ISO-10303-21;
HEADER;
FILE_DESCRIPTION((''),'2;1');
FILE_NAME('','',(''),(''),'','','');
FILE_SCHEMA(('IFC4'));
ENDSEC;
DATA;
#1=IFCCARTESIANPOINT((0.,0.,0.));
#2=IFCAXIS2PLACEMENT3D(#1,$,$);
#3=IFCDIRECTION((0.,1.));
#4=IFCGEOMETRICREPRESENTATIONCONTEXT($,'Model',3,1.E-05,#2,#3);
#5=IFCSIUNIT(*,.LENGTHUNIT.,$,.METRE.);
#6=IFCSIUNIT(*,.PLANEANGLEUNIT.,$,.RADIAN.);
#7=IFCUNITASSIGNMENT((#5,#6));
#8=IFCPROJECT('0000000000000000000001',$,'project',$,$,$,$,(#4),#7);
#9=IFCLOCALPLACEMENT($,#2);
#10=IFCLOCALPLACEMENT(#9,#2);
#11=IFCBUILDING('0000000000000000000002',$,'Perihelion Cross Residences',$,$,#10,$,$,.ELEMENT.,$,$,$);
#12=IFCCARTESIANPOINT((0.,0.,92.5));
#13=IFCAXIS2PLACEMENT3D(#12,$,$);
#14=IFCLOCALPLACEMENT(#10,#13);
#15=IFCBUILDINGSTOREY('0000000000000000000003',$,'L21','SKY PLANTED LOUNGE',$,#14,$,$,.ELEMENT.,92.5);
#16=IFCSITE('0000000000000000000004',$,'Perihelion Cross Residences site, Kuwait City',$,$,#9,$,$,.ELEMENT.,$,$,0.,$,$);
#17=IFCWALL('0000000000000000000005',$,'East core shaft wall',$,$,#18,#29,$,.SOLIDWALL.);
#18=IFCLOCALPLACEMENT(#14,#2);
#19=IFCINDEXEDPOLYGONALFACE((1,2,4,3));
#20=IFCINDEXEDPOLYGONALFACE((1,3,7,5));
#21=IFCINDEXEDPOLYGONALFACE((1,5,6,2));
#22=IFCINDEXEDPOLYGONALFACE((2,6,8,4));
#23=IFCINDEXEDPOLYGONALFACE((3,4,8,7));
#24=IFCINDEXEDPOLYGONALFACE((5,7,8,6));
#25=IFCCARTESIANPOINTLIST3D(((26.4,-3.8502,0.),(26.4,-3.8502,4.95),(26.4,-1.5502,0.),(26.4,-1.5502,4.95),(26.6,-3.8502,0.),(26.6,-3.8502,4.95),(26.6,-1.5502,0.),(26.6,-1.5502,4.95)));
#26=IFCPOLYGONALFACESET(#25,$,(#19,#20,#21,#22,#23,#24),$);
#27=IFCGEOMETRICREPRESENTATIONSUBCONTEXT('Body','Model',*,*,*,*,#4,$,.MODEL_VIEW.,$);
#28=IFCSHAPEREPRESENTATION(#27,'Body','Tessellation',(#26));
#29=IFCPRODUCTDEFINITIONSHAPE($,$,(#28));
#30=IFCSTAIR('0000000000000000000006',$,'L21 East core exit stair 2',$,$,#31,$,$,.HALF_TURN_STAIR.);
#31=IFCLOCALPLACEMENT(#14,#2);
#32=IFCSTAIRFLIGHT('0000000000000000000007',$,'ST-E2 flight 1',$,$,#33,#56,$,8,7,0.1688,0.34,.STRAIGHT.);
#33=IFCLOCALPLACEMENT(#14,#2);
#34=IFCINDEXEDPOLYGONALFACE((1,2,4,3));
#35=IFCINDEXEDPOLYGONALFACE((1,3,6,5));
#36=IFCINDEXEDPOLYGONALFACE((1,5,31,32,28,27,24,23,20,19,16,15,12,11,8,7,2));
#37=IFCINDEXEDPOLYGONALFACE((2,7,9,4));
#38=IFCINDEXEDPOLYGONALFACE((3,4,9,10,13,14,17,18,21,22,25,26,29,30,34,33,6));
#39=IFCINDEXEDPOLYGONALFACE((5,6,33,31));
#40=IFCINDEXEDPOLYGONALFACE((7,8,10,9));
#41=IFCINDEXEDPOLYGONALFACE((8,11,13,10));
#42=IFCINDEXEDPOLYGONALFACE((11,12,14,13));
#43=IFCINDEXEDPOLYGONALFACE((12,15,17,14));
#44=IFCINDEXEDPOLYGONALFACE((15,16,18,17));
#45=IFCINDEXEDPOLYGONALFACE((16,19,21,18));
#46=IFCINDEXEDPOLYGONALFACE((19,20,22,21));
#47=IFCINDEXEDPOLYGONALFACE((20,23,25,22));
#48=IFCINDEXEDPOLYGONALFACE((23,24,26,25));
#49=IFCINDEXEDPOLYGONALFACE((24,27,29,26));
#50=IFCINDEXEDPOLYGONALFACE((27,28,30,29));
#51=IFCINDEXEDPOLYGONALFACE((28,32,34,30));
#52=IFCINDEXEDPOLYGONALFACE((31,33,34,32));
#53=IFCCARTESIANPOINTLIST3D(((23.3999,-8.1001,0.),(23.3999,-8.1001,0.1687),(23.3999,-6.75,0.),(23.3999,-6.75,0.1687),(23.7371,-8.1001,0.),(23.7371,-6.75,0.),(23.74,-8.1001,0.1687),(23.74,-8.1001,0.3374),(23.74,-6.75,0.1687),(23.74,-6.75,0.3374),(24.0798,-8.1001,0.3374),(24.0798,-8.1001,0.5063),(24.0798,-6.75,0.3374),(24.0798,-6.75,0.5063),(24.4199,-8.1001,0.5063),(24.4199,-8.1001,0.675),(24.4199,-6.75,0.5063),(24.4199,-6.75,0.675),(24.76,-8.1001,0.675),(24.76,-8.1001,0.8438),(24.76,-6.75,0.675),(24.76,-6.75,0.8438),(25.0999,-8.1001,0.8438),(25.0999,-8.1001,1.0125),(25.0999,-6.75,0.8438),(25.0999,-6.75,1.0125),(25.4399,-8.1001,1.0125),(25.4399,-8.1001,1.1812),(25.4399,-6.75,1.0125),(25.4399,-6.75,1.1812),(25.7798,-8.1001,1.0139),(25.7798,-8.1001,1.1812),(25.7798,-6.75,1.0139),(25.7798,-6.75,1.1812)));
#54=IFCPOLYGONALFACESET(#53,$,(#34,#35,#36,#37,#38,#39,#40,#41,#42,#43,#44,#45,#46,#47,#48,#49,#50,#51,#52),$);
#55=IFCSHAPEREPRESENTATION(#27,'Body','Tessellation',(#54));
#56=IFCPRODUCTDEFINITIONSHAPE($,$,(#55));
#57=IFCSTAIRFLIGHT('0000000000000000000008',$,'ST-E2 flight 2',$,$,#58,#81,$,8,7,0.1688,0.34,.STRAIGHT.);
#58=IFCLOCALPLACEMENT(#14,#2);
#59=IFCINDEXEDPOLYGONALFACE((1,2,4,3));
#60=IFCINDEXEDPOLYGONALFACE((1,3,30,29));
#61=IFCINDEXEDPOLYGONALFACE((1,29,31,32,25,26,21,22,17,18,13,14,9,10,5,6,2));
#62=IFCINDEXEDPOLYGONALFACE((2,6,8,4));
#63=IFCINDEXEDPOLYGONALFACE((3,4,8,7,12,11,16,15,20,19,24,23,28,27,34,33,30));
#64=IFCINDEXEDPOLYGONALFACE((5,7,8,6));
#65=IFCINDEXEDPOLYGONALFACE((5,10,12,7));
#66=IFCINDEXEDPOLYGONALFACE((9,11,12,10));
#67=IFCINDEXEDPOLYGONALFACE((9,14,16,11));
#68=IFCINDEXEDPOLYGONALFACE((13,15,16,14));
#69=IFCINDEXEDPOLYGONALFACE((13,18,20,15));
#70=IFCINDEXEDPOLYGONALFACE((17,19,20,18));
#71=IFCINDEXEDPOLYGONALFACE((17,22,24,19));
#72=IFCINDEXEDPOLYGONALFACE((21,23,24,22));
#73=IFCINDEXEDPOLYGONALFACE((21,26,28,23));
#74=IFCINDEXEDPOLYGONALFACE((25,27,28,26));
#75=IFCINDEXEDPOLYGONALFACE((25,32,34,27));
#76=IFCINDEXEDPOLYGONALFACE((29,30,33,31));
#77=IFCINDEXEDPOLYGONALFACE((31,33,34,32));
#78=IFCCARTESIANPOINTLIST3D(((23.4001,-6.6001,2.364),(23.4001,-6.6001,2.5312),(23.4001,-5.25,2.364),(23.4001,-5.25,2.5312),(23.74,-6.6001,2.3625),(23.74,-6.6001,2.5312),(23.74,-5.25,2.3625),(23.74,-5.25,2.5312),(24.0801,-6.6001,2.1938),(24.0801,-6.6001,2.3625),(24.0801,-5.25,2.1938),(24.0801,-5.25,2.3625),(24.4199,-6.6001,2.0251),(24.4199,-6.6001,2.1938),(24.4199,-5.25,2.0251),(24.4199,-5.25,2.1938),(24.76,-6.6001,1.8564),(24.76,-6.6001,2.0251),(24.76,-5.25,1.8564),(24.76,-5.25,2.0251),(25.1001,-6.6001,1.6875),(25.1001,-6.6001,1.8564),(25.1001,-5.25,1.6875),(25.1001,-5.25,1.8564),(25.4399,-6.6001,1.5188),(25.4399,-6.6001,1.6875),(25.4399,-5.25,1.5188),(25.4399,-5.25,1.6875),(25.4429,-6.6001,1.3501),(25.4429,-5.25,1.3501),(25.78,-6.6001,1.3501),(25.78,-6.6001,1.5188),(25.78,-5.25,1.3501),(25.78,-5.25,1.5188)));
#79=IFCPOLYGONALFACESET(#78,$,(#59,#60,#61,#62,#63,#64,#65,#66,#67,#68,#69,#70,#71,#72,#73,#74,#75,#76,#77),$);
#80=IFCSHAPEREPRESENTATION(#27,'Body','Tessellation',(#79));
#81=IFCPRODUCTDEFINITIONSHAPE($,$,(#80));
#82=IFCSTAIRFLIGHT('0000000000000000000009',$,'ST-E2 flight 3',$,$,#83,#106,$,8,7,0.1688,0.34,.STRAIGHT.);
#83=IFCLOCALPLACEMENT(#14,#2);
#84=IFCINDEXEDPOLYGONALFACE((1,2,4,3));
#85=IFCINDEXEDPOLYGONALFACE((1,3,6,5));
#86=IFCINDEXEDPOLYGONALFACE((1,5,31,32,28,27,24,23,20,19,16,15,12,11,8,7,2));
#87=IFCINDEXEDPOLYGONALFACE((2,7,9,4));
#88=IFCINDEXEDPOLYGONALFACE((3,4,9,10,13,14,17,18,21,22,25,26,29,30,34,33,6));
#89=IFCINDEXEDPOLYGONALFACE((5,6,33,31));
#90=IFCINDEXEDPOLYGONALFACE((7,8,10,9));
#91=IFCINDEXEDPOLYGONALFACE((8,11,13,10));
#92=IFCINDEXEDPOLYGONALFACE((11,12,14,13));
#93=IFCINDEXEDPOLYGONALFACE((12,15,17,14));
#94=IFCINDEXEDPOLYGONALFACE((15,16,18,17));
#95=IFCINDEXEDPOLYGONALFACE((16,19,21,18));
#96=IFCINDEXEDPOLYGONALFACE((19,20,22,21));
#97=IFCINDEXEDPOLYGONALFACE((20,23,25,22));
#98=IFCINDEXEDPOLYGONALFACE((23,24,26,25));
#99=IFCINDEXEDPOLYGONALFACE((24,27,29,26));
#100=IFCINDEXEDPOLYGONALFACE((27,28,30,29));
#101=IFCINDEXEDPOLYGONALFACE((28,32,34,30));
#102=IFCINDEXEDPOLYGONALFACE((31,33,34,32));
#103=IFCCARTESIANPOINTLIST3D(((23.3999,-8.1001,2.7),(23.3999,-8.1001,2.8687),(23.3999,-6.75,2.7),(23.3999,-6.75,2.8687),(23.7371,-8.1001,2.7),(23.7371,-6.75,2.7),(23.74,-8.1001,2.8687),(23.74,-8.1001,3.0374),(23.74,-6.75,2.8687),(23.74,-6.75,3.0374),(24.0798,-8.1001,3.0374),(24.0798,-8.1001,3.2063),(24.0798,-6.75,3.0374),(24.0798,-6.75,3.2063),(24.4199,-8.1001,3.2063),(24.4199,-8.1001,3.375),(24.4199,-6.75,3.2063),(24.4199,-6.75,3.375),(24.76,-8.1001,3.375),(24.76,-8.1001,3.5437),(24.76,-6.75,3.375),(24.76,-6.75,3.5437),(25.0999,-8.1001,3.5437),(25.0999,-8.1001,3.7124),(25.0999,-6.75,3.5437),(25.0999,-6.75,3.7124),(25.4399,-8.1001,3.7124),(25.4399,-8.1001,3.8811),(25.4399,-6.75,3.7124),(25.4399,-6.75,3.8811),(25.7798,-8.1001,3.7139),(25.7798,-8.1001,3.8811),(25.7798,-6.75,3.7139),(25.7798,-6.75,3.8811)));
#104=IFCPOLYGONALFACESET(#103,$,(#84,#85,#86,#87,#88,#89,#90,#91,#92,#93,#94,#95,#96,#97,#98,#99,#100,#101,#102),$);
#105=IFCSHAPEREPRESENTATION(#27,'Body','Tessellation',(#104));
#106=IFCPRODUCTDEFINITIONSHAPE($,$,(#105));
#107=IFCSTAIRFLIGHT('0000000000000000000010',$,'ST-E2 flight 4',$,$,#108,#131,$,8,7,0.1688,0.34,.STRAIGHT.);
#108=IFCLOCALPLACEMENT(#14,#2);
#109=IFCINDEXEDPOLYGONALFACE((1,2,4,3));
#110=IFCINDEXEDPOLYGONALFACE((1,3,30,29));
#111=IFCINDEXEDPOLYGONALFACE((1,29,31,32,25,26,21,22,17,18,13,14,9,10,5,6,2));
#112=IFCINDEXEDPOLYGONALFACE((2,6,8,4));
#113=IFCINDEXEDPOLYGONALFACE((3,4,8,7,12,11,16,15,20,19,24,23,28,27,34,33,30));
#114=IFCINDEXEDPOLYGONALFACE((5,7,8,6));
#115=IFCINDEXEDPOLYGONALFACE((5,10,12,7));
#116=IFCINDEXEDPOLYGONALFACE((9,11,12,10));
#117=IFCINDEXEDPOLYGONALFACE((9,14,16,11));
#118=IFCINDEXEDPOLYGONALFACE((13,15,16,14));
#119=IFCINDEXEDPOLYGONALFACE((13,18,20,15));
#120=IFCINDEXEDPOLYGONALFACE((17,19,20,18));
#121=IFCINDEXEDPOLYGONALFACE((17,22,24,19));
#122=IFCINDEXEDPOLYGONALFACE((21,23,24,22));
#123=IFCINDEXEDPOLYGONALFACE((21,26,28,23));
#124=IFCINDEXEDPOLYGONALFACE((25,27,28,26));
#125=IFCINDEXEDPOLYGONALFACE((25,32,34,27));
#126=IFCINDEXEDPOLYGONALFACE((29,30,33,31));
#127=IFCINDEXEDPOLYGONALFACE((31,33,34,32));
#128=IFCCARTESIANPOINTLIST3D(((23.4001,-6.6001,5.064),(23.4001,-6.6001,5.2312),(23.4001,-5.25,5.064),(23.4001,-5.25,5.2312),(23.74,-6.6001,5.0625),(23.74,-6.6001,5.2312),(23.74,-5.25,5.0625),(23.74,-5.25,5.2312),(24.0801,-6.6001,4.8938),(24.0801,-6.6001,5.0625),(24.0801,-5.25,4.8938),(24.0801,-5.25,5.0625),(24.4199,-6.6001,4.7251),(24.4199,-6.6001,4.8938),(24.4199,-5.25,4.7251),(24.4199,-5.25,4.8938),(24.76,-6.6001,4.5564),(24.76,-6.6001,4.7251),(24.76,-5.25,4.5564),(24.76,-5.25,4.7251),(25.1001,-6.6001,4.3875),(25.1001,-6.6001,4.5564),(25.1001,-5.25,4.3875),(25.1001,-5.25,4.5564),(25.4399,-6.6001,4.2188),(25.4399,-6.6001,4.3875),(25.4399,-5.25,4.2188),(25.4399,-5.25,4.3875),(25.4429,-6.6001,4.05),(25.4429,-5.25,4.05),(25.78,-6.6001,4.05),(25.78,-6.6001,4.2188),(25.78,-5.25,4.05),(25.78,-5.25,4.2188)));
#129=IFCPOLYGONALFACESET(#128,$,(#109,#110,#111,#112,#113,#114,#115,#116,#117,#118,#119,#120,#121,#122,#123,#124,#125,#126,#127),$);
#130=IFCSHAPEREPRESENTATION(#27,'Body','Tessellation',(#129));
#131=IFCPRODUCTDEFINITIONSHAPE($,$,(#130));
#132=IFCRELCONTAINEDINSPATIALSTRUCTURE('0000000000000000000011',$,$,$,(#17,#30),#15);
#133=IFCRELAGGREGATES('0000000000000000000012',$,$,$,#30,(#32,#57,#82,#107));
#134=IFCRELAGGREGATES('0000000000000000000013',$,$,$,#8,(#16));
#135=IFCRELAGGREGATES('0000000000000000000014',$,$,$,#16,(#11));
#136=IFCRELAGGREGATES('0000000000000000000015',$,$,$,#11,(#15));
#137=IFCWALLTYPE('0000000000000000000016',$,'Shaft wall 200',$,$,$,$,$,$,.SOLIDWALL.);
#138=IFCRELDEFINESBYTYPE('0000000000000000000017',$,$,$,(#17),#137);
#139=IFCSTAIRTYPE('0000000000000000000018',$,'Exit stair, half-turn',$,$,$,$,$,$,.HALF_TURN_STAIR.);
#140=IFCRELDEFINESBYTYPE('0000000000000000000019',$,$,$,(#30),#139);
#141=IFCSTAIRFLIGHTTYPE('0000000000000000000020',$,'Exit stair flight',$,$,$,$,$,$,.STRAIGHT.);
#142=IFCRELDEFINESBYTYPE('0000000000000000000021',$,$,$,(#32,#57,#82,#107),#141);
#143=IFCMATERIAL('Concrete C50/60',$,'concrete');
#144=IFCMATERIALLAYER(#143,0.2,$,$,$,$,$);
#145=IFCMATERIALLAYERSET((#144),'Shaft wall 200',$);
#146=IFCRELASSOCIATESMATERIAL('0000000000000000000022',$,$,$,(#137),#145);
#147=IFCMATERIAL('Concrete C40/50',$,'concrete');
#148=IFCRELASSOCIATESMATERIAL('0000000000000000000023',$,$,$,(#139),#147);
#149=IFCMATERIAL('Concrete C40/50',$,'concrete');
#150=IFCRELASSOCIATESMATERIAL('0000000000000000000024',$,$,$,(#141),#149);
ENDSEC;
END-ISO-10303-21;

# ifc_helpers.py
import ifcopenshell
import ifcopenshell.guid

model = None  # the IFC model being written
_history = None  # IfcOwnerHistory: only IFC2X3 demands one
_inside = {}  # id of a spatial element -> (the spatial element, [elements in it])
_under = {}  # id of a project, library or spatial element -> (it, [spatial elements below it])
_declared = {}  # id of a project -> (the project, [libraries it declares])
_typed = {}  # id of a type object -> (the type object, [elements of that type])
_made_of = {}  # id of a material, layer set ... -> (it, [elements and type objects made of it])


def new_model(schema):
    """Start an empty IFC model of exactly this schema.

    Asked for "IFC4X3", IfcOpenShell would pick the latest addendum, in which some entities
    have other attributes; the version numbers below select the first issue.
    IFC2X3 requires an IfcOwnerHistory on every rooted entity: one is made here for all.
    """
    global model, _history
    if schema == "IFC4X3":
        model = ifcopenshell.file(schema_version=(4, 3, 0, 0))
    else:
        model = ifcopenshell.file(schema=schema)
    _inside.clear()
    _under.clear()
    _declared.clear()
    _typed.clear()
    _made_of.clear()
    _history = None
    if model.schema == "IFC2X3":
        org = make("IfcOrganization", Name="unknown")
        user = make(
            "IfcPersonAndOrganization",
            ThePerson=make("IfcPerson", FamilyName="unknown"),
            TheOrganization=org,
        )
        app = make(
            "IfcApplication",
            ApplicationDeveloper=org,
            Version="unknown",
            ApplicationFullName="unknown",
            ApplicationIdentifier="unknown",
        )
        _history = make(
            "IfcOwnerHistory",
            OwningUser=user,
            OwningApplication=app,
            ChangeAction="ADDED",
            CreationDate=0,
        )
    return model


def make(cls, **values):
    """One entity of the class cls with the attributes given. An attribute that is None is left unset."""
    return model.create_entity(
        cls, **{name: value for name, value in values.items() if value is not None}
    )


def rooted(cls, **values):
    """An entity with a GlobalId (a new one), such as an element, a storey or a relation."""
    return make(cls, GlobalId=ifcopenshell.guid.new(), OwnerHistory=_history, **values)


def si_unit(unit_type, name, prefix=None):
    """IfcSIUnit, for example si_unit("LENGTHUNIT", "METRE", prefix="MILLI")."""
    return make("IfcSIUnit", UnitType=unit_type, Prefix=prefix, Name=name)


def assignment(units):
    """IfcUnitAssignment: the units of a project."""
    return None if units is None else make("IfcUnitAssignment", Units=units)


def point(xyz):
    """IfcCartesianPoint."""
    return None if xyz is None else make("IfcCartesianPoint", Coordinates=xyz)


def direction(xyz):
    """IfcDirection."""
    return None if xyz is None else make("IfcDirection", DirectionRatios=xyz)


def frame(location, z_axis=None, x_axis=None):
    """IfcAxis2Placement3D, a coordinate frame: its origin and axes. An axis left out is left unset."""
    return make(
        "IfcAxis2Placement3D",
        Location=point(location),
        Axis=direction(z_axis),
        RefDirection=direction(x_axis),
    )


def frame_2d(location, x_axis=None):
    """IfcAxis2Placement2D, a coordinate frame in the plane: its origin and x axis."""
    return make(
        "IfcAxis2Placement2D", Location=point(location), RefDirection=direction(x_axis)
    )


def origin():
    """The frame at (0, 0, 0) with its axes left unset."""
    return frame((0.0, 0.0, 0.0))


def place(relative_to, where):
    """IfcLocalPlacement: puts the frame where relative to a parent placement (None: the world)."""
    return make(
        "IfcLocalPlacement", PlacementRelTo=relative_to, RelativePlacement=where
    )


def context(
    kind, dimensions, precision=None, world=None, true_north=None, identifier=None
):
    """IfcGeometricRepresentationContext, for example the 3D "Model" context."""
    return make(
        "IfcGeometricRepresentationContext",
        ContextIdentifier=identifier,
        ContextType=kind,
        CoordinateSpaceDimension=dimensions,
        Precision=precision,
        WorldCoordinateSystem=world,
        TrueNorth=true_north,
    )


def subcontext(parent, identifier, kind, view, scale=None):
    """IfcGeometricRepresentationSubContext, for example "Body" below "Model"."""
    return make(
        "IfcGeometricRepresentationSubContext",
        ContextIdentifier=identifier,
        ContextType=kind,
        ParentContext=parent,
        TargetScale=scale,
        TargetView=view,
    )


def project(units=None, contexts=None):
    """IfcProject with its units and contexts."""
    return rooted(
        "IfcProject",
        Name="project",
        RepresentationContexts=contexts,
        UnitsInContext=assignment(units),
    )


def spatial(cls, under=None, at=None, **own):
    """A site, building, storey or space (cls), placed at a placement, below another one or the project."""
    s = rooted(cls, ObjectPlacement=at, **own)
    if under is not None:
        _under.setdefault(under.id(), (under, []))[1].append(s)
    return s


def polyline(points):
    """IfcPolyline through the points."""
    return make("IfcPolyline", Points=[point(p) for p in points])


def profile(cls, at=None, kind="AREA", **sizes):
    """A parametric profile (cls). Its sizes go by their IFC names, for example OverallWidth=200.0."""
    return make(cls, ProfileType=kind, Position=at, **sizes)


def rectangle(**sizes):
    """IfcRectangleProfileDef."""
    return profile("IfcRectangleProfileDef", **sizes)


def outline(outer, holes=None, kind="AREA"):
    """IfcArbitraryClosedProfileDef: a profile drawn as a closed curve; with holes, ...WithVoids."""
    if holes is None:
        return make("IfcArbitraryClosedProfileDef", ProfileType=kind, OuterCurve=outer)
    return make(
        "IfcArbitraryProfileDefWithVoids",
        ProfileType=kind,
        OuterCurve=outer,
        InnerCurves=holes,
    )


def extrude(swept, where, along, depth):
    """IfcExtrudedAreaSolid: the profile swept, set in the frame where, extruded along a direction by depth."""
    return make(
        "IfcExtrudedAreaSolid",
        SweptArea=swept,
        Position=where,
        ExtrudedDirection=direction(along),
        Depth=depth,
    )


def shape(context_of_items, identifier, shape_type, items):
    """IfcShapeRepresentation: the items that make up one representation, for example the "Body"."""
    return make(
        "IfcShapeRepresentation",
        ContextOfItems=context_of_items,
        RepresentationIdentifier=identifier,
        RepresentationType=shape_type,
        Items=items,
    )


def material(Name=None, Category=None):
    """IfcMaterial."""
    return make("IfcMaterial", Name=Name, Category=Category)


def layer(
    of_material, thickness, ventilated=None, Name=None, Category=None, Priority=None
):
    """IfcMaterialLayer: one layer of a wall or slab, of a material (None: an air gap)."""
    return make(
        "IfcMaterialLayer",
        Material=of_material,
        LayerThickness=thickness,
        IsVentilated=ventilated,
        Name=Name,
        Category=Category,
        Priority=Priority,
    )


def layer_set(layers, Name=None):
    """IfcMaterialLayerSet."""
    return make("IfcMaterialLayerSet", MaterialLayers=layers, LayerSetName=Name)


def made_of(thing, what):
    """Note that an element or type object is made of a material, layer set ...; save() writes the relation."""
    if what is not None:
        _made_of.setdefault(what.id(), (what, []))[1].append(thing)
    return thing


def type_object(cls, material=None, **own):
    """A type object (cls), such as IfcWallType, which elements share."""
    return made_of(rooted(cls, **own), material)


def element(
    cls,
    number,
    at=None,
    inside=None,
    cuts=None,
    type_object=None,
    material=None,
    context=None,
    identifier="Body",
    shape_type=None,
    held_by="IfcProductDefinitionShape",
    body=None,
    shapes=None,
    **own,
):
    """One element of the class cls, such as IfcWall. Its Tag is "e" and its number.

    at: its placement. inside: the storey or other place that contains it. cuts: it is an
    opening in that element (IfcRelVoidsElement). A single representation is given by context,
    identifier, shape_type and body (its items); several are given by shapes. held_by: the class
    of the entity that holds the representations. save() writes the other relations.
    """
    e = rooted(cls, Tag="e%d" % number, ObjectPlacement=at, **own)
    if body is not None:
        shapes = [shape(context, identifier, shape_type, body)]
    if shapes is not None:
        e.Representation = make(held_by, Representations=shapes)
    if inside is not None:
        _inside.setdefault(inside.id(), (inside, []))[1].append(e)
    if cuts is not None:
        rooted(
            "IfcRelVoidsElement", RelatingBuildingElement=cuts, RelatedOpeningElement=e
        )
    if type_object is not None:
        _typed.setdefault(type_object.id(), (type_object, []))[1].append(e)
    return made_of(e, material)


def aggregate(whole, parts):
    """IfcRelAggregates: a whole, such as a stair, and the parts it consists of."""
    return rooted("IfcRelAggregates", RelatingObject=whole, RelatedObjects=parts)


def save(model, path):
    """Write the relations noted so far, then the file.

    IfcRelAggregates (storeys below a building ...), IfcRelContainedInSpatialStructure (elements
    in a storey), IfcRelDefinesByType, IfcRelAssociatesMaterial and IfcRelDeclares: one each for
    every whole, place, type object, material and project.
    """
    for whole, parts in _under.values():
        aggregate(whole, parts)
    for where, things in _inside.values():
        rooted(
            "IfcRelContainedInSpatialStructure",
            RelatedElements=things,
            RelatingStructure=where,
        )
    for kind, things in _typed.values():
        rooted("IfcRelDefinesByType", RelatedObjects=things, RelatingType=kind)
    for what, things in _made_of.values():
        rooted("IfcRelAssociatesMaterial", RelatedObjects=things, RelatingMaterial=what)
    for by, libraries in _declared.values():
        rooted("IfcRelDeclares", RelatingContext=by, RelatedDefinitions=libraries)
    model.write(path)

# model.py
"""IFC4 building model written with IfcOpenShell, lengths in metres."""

from ifc_helpers import new_model, si_unit, direction, frame, frame_2d, origin, place, context, subcontext, project, spatial, polyline, rectangle, outline, extrude, material, layer, layer_set, type_object, element, aggregate, save


model = new_model("IFC4")

# Units and contexts
model_context = context("Model", 3, precision=1e-05, world=origin(), true_north=direction((0.0, 1.0)))
body_context = subcontext(model_context, "Body", "Model", "MODEL_VIEW")
ifc_project = project(units=[si_unit("LENGTHUNIT", "METRE"), si_unit("PLANEANGLEUNIT", "RADIAN")], contexts=[model_context])

# Site, building, storey
site_placement = place(None, origin())
site = spatial("IfcSite", under=ifc_project, at=site_placement, Name="Perihelion Cross Residences site, Kuwait City", CompositionType="ELEMENT", RefElevation=0.0)
building_placement = place(site_placement, origin())
building = spatial("IfcBuilding", under=site, at=building_placement, Name="Perihelion Cross Residences", CompositionType="ELEMENT")
storey_placement = place(building_placement, frame((0.0, 0.0, 92.5)))
storey = spatial("IfcBuildingStorey", under=building, at=storey_placement, Name="L21", Description="SKY PLANTED LOUNGE", CompositionType="ELEMENT", Elevation=92.5)

# Shared definitions
ifc_material_1 = material(Name="Concrete C50/60", Category="concrete")
ifc_layer_1 = layer(ifc_material_1, 0.2)
ifc_layer_set_1 = layer_set([ifc_layer_1], Name="Shaft wall 200")
wall_type_1 = type_object("IfcWallType", Name="Shaft wall 200", PredefinedType="SOLIDWALL", material=ifc_layer_set_1)

# Wall
wall_1_placement = place(storey_placement, frame((26.5, -3.8501, 0.0), z_axis=(0.0, 0.0, 1.0), x_axis=(0.0, 1.0, 0.0)))
element("IfcWall", 1, at=wall_1_placement, inside=storey, type_object=wall_type_1, Name="East core shaft wall", PredefinedType="SOLIDWALL", context=body_context, shape_type="SweptSolid", body=[
    extrude(rectangle(XDim=2.3, YDim=0.2, at=frame_2d((1.1499, 0.0))), origin(), (0.0, 0.0, 1.0), 4.95),
])

# Stair, stair flights
ifc_material_2 = material(Name="Concrete C40/50", Category="concrete")
stair_type = type_object("IfcStairType", Name="Exit stair, half-turn", PredefinedType="HALF_TURN_STAIR", material=ifc_material_2)
stair_placement = place(storey_placement, origin())
stair = element("IfcStair", 2, at=stair_placement, inside=storey, type_object=stair_type, Name="L21 East core exit stair 2", PredefinedType="HALF_TURN_STAIR")
ifc_material_3 = material(Name="Concrete C40/50", Category="concrete")
stair_flight_type = type_object("IfcStairFlightType", Name="Exit stair flight", PredefinedType="STRAIGHT", material=ifc_material_3)
stair_flight_1_placement = place(storey_placement, frame((23.3999, -7.425, 0.0), z_axis=(0.0, 0.0, 1.0), x_axis=(1.0, 0.0, 0.0)))
stair_flight_1 = element("IfcStairFlight", 3, at=stair_flight_1_placement, type_object=stair_flight_type, Name="ST-E2 flight 1", NumberOfRisers=8, NumberOfTreads=7, PredefinedType="STRAIGHT", RiserHeight=0.1688, TreadLength=0.34, context=body_context, shape_type="SweptSolid", body=[
    extrude(outline(polyline([(0.0, 0.0), (0.0, 0.1687), (0.3401, 0.1687), (0.3401, 0.3374), (0.6799, 0.3374), (0.6799, 0.5063), (1.02, 0.5063), (1.02, 0.675), (1.3601, 0.675), (1.3601, 0.8438), (1.7, 0.8438), (1.7, 1.0125), (2.04, 1.0125), (2.04, 1.1812), (2.3799, 1.1812), (2.3799, 1.3501), (2.3799, 1.0139), (0.3372, 0.0), (0.0, 0.0)])), frame((0.0, 0.675, 0.0), z_axis=(0.0, -1.0, 0.0), x_axis=(1.0, 0.0, 0.0)), (0.0, 0.0, 1.0), 1.3501),
])
stair_flight_2_placement = place(storey_placement, frame((25.78, -5.925, 1.3501), z_axis=(0.0, 0.0, 1.0), x_axis=(-1.0, 0.0, 0.0)))
stair_flight_2 = element("IfcStairFlight", 4, at=stair_flight_2_placement, type_object=stair_flight_type, Name="ST-E2 flight 2", NumberOfRisers=8, NumberOfTreads=7, PredefinedType="STRAIGHT", RiserHeight=0.1688, TreadLength=0.34, context=body_context, shape_type="SweptSolid", body=[
    extrude(outline(polyline([(0.0, 0.0), (0.0, 0.1687), (0.3401, 0.1687), (0.3401, 0.3374), (0.6799, 0.3374), (0.6799, 0.5063), (1.02, 0.5063), (1.02, 0.675), (1.3601, 0.675), (1.3601, 0.8438), (1.7, 0.8438), (1.7, 1.0125), (2.04, 1.0125), (2.04, 1.1812), (2.3799, 1.1812), (2.3799, 1.3501), (2.3799, 1.0139), (0.3372, 0.0), (0.0, 0.0)])), frame((0.0, 0.675, 0.0), z_axis=(0.0, -1.0, 0.0), x_axis=(1.0, 0.0, 0.0)), (0.0, 0.0, 1.0), 1.3501),
])
stair_flight_3_placement = place(storey_placement, frame((23.3999, -7.425, 2.7), z_axis=(0.0, 0.0, 1.0), x_axis=(1.0, 0.0, 0.0)))
stair_flight_3 = element("IfcStairFlight", 5, at=stair_flight_3_placement, type_object=stair_flight_type, Name="ST-E2 flight 3", NumberOfRisers=8, NumberOfTreads=7, PredefinedType="STRAIGHT", RiserHeight=0.1688, TreadLength=0.34, context=body_context, shape_type="SweptSolid", body=[
    extrude(outline(polyline([(0.0, 0.0), (0.0, 0.1687), (0.3401, 0.1687), (0.3401, 0.3374), (0.6799, 0.3374), (0.6799, 0.5063), (1.02, 0.5063), (1.02, 0.675), (1.3601, 0.675), (1.3601, 0.8438), (1.7, 0.8438), (1.7, 1.0125), (2.04, 1.0125), (2.04, 1.1812), (2.3799, 1.1812), (2.3799, 1.3501), (2.3799, 1.0139), (0.3372, 0.0), (0.0, 0.0)])), frame((0.0, 0.675, 0.0), z_axis=(0.0, -1.0, 0.0), x_axis=(1.0, 0.0, 0.0)), (0.0, 0.0, 1.0), 1.3501),
])
stair_flight_4_placement = place(storey_placement, frame((25.78, -5.925, 4.05), z_axis=(0.0, 0.0, 1.0), x_axis=(-1.0, 0.0, 0.0)))
stair_flight_4 = element("IfcStairFlight", 6, at=stair_flight_4_placement, type_object=stair_flight_type, Name="ST-E2 flight 4", NumberOfRisers=8, NumberOfTreads=7, PredefinedType="STRAIGHT", RiserHeight=0.1688, TreadLength=0.34, context=body_context, shape_type="SweptSolid", body=[
    extrude(outline(polyline([(0.0, 0.0), (0.0, 0.1687), (0.3401, 0.1687), (0.3401, 0.3374), (0.6799, 0.3374), (0.6799, 0.5063), (1.02, 0.5063), (1.02, 0.675), (1.3601, 0.675), (1.3601, 0.8438), (1.7, 0.8438), (1.7, 1.0125), (2.04, 1.0125), (2.04, 1.1812), (2.3799, 1.1812), (2.3799, 1.3501), (2.3799, 1.0139), (0.3372, 0.0), (0.0, 0.0)])), frame((0.0, 0.675, 0.0), z_axis=(0.0, -1.0, 0.0), x_axis=(1.0, 0.0, 0.0)), (0.0, 0.0, 1.0), 1.3501),
])
aggregate(stair, [stair_flight_1, stair_flight_2, stair_flight_3, stair_flight_4])

save(model, "model.ifc")
